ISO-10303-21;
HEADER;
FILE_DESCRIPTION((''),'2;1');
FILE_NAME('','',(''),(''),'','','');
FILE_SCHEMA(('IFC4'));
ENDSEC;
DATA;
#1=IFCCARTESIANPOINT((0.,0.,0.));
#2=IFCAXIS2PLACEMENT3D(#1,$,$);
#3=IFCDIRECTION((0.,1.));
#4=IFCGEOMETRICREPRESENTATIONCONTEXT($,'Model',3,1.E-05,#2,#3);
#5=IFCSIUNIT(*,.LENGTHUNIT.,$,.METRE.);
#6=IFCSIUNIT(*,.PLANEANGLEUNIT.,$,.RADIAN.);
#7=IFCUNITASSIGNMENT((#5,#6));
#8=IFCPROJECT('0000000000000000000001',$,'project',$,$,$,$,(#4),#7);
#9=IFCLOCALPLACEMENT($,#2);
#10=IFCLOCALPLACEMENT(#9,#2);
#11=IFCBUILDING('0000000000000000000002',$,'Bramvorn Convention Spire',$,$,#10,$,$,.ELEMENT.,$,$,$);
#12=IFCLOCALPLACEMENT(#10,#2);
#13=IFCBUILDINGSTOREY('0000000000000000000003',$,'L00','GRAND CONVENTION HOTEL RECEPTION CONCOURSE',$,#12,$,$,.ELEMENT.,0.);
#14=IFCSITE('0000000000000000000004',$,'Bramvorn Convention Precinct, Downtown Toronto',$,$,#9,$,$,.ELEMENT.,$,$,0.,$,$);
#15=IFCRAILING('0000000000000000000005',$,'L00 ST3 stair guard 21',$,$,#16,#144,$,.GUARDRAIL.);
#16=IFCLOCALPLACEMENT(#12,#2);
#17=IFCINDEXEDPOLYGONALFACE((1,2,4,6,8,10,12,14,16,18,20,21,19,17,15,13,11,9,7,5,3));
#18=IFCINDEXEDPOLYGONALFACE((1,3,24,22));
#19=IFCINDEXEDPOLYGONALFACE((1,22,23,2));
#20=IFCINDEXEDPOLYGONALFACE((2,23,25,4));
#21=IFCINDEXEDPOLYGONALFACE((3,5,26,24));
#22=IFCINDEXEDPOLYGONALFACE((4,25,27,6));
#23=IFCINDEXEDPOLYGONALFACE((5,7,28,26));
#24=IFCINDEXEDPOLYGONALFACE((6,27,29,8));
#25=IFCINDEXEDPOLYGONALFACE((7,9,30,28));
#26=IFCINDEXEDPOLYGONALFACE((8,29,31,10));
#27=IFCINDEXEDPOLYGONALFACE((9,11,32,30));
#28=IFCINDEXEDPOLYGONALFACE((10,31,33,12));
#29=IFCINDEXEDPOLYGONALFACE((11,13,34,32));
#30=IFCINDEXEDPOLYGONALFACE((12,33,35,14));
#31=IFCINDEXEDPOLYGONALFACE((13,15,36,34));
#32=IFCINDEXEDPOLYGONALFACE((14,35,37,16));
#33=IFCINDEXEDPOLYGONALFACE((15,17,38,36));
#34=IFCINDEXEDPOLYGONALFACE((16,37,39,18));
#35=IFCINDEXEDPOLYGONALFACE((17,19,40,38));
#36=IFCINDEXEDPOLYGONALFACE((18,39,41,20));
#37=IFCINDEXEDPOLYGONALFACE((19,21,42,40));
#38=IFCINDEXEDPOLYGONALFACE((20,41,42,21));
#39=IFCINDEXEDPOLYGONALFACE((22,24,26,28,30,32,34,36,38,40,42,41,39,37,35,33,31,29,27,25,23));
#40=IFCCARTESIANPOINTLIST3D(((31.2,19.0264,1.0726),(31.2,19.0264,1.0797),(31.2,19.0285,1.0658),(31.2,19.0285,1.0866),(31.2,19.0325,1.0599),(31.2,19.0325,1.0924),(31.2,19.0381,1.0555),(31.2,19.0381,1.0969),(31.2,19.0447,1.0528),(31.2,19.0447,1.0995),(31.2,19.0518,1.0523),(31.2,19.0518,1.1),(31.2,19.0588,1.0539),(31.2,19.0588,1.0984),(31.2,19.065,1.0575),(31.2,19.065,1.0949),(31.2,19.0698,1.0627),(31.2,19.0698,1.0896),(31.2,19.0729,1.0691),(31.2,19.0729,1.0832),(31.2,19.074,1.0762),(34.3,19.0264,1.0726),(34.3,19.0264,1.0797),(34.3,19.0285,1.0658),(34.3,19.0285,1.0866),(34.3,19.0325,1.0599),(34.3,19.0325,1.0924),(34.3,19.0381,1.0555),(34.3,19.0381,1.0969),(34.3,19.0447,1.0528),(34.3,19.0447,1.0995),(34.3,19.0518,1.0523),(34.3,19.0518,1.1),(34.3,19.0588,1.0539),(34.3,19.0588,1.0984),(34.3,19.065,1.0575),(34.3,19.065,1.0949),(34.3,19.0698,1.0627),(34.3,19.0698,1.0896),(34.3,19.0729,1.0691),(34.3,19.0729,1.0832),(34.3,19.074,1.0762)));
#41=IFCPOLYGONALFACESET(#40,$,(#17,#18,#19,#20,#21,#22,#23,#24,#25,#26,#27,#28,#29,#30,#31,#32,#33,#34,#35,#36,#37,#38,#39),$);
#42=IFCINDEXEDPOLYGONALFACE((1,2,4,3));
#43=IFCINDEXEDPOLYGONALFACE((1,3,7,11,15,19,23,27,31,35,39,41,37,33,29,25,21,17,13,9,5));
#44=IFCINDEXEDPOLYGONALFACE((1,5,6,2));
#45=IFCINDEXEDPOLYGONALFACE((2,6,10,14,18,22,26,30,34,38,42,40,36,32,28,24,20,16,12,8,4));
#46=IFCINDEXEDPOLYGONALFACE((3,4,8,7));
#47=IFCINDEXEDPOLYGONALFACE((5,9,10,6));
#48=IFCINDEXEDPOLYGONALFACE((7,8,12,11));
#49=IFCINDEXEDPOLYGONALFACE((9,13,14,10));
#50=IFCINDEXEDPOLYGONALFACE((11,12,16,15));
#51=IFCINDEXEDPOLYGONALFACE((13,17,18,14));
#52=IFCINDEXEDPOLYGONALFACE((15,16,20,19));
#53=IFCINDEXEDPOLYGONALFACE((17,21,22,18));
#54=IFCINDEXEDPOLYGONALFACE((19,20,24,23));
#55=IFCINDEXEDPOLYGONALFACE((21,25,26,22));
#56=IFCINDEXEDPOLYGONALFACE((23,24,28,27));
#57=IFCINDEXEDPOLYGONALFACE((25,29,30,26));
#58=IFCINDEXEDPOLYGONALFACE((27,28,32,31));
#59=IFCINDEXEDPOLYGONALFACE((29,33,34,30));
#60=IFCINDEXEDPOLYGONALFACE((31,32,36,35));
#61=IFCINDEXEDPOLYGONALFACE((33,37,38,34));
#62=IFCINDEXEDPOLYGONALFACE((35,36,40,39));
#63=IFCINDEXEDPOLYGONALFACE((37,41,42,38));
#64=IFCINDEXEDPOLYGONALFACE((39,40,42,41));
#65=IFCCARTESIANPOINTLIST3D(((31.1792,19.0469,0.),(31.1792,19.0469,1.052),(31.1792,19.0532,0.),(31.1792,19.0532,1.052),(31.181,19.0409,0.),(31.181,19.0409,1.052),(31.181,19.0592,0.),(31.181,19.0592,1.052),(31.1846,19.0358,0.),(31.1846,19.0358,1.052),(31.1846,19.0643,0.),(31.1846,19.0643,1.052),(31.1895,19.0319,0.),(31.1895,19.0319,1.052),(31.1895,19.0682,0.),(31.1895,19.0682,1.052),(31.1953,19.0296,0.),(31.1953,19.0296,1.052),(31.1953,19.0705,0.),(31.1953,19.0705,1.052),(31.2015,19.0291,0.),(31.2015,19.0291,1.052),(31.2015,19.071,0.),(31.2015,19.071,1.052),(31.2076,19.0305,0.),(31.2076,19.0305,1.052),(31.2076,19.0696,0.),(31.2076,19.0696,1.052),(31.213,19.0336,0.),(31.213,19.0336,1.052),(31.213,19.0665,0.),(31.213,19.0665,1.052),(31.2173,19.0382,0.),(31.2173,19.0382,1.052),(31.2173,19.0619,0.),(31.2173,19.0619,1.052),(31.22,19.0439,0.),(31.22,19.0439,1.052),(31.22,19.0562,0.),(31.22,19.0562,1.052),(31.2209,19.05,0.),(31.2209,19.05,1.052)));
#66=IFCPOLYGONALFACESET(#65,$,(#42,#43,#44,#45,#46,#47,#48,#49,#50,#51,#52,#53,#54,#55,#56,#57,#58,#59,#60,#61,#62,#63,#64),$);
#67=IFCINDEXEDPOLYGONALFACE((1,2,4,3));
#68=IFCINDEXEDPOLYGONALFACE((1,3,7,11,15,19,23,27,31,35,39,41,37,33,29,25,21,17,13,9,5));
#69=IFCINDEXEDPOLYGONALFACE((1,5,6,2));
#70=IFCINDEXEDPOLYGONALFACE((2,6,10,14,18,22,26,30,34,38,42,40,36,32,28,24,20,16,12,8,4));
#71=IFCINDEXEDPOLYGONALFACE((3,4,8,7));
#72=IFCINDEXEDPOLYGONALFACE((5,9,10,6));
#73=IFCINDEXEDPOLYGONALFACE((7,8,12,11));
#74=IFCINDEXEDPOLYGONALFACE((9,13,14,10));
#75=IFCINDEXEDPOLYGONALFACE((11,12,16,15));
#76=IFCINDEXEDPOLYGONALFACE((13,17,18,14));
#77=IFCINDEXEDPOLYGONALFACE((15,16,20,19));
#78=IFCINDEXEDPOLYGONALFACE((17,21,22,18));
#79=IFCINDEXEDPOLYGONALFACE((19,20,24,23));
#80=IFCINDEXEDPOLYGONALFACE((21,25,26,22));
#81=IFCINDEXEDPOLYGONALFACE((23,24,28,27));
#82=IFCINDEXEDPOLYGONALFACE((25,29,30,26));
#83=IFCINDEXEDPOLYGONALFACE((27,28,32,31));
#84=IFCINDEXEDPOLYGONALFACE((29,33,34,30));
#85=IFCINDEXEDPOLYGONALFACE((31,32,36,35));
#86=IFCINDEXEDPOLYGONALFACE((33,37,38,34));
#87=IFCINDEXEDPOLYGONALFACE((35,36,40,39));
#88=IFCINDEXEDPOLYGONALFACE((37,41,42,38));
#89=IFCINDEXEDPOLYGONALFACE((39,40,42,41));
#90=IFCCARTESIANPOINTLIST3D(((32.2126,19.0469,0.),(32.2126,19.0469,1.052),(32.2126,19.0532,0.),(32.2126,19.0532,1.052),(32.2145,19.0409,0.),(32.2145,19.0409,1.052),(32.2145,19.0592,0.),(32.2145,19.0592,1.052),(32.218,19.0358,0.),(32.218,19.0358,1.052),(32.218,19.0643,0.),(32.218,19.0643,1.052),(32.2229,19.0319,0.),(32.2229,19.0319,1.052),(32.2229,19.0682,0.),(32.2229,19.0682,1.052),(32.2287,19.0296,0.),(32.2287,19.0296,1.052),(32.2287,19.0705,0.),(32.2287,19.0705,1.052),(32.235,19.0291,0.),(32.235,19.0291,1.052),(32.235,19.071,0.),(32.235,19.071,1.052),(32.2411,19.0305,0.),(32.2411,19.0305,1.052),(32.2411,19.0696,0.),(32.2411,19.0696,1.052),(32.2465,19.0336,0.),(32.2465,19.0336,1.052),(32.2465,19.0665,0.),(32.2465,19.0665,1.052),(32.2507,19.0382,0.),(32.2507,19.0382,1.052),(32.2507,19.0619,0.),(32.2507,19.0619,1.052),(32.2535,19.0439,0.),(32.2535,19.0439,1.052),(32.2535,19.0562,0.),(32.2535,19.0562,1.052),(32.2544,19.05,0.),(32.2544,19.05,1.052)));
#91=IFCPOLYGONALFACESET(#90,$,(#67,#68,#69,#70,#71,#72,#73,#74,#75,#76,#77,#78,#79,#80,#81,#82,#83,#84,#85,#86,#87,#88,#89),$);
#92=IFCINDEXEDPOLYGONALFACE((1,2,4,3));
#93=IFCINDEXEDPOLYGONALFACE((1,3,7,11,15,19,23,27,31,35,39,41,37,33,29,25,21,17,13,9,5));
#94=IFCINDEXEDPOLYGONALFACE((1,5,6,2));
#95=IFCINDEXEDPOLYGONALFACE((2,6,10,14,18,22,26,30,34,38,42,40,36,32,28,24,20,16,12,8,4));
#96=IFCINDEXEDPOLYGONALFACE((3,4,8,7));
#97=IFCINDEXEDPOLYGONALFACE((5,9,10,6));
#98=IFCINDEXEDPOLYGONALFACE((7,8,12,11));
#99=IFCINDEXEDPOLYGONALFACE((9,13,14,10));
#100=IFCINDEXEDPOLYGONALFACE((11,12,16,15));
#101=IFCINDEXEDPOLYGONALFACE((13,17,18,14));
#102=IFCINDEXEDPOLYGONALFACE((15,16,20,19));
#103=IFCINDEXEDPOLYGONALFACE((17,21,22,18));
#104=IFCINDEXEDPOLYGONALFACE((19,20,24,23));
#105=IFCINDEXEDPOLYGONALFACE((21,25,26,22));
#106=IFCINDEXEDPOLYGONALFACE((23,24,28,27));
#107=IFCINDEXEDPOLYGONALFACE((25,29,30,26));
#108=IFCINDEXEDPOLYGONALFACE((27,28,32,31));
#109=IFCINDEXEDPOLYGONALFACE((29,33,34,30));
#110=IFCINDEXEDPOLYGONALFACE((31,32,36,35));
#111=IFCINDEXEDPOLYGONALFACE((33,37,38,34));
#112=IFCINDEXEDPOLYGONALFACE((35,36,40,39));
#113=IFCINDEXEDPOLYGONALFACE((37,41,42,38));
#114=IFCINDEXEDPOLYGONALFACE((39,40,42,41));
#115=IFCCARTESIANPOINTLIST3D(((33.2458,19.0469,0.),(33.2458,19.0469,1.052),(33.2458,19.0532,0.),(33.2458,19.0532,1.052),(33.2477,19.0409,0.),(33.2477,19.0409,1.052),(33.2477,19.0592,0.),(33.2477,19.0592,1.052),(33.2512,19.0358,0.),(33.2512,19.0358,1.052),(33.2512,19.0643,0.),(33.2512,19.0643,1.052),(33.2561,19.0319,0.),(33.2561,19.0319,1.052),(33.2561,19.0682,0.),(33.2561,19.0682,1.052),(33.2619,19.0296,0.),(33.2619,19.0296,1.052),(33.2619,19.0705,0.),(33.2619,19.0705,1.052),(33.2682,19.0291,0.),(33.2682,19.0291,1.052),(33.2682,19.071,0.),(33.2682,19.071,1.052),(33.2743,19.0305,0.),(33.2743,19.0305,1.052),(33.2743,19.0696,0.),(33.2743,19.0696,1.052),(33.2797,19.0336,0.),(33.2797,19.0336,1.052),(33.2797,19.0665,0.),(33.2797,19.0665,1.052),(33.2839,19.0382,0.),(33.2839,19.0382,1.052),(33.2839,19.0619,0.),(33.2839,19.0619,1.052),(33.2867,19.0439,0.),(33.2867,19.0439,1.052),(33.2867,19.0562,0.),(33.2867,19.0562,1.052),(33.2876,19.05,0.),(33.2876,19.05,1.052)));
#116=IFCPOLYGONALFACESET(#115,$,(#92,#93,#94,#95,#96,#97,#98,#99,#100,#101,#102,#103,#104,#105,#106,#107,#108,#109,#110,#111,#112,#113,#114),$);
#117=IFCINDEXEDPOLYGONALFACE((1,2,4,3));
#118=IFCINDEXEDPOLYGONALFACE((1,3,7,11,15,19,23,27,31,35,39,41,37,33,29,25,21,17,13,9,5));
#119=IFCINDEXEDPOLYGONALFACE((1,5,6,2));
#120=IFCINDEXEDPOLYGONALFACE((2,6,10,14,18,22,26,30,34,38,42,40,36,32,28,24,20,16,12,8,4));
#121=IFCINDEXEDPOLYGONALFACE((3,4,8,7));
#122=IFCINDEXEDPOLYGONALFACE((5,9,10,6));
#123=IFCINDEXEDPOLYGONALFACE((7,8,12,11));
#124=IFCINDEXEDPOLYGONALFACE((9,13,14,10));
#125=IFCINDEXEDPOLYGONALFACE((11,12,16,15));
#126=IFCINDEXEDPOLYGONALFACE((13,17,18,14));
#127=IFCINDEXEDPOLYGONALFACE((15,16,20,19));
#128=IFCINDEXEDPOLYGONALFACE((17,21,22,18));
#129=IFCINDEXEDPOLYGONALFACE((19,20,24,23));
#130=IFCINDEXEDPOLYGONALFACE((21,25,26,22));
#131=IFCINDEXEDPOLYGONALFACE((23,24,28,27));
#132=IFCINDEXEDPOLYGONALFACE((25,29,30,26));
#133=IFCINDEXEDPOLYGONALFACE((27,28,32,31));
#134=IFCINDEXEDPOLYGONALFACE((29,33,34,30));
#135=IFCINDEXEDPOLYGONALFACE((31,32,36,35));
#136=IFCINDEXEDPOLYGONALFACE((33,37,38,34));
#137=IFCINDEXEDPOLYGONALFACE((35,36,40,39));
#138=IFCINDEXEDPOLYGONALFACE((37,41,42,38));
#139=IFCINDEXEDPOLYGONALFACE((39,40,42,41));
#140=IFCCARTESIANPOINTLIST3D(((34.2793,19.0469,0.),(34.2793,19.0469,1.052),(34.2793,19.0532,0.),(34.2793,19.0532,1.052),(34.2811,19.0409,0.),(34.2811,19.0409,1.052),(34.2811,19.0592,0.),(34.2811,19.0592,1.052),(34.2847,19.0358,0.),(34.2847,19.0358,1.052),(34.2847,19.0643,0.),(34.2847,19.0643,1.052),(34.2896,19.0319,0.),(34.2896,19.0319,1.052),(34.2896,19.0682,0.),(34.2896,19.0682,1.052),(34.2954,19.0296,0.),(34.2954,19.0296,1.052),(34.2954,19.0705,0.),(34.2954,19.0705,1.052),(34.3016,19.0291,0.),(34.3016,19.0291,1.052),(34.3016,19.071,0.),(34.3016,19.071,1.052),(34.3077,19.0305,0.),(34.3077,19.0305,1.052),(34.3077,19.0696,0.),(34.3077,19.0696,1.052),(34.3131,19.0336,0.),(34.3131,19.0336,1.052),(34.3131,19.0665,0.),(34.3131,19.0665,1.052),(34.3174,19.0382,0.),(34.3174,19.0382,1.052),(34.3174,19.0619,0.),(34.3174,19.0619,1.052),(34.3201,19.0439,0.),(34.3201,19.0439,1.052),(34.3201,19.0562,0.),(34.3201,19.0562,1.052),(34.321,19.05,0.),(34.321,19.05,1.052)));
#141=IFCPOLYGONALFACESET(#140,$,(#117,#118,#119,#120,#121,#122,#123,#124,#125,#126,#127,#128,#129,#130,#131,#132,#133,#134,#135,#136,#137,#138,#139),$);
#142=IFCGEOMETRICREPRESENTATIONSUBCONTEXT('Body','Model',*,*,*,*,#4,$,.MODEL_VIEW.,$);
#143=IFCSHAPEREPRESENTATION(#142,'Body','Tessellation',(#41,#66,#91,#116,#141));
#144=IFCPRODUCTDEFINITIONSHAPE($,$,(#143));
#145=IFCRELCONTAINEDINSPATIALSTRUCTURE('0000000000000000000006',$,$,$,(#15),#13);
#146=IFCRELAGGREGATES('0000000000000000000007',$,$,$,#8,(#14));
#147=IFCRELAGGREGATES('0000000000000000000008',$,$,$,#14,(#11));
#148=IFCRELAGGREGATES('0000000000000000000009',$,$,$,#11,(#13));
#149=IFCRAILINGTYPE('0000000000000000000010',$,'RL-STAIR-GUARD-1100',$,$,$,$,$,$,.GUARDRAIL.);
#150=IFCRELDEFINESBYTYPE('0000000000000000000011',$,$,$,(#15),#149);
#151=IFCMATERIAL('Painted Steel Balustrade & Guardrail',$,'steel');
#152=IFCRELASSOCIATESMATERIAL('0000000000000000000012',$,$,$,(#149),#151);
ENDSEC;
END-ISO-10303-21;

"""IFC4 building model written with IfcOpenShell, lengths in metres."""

from ifc_helpers import new_model, si_unit, direction, frame, origin, origin_2d, place, context, subcontext, project, spatial, circle, extrude, material, type_object, element, save


model = new_model("IFC4")

# Units and contexts
model_context = context("Model", 3, precision=1e-05, world=origin(), true_north=direction((0.0, 1.0)))
body_context = subcontext(model_context, "Body", "Model", "MODEL_VIEW")
ifc_project = project(units=[si_unit("LENGTHUNIT", "METRE"), si_unit("PLANEANGLEUNIT", "RADIAN")], contexts=[model_context])

# Site, building, storey
site_placement = place(None, origin())
site = spatial("IfcSite", under=ifc_project, at=site_placement, Name="Bramvorn Convention Precinct, Downtown Toronto", CompositionType="ELEMENT", RefElevation=0.0)
building_placement = place(site_placement, origin())
building = spatial("IfcBuilding", under=site, at=building_placement, Name="Bramvorn Convention Spire", CompositionType="ELEMENT")
storey_placement = place(building_placement, origin())
storey = spatial("IfcBuildingStorey", under=building, at=storey_placement, Name="L00", Description="GRAND CONVENTION HOTEL RECEPTION CONCOURSE", CompositionType="ELEMENT", Elevation=0.0)

# Railing
ifc_material_1 = material(Name="Painted Steel Balustrade & Guardrail", Category="steel")
railing_type = type_object("IfcRailingType", Name="RL-STAIR-GUARD-1100", PredefinedType="GUARDRAIL", material=ifc_material_1)
railing_1_placement = place(storey_placement, frame((31.2, 19.05, 0.0)))
element("IfcRailing", 1, at=railing_1_placement, inside=storey, type_object=railing_type, Name="L00 ST3 stair guard 21", PredefinedType="GUARDRAIL", context=body_context, shape_type="SweptSolid", body=[
    extrude(circle(Radius=0.0239, at=origin_2d()), frame((0.0, 0.0, 1.0762), z_axis=(1.0, 0.0, 0.0), x_axis=(0.0, 1.0, 0.0)), (0.0, 0.0, 1.0), 3.1001),
    extrude(circle(Radius=0.021, at=origin_2d()), origin(), (0.0, 0.0, 1.0), 1.052),
    extrude(circle(Radius=0.021, at=origin_2d()), frame((1.0334, 0.0, 0.0)), (0.0, 0.0, 1.0), 1.052),
    extrude(circle(Radius=0.021, at=origin_2d()), frame((2.0667, 0.0, 0.0)), (0.0, 0.0, 1.0), 1.052),
    extrude(circle(Radius=0.021, at=origin_2d()), frame((3.1001, 0.0, 0.0)), (0.0, 0.0, 1.0), 1.052),
])

save(model, "model.ifc")
